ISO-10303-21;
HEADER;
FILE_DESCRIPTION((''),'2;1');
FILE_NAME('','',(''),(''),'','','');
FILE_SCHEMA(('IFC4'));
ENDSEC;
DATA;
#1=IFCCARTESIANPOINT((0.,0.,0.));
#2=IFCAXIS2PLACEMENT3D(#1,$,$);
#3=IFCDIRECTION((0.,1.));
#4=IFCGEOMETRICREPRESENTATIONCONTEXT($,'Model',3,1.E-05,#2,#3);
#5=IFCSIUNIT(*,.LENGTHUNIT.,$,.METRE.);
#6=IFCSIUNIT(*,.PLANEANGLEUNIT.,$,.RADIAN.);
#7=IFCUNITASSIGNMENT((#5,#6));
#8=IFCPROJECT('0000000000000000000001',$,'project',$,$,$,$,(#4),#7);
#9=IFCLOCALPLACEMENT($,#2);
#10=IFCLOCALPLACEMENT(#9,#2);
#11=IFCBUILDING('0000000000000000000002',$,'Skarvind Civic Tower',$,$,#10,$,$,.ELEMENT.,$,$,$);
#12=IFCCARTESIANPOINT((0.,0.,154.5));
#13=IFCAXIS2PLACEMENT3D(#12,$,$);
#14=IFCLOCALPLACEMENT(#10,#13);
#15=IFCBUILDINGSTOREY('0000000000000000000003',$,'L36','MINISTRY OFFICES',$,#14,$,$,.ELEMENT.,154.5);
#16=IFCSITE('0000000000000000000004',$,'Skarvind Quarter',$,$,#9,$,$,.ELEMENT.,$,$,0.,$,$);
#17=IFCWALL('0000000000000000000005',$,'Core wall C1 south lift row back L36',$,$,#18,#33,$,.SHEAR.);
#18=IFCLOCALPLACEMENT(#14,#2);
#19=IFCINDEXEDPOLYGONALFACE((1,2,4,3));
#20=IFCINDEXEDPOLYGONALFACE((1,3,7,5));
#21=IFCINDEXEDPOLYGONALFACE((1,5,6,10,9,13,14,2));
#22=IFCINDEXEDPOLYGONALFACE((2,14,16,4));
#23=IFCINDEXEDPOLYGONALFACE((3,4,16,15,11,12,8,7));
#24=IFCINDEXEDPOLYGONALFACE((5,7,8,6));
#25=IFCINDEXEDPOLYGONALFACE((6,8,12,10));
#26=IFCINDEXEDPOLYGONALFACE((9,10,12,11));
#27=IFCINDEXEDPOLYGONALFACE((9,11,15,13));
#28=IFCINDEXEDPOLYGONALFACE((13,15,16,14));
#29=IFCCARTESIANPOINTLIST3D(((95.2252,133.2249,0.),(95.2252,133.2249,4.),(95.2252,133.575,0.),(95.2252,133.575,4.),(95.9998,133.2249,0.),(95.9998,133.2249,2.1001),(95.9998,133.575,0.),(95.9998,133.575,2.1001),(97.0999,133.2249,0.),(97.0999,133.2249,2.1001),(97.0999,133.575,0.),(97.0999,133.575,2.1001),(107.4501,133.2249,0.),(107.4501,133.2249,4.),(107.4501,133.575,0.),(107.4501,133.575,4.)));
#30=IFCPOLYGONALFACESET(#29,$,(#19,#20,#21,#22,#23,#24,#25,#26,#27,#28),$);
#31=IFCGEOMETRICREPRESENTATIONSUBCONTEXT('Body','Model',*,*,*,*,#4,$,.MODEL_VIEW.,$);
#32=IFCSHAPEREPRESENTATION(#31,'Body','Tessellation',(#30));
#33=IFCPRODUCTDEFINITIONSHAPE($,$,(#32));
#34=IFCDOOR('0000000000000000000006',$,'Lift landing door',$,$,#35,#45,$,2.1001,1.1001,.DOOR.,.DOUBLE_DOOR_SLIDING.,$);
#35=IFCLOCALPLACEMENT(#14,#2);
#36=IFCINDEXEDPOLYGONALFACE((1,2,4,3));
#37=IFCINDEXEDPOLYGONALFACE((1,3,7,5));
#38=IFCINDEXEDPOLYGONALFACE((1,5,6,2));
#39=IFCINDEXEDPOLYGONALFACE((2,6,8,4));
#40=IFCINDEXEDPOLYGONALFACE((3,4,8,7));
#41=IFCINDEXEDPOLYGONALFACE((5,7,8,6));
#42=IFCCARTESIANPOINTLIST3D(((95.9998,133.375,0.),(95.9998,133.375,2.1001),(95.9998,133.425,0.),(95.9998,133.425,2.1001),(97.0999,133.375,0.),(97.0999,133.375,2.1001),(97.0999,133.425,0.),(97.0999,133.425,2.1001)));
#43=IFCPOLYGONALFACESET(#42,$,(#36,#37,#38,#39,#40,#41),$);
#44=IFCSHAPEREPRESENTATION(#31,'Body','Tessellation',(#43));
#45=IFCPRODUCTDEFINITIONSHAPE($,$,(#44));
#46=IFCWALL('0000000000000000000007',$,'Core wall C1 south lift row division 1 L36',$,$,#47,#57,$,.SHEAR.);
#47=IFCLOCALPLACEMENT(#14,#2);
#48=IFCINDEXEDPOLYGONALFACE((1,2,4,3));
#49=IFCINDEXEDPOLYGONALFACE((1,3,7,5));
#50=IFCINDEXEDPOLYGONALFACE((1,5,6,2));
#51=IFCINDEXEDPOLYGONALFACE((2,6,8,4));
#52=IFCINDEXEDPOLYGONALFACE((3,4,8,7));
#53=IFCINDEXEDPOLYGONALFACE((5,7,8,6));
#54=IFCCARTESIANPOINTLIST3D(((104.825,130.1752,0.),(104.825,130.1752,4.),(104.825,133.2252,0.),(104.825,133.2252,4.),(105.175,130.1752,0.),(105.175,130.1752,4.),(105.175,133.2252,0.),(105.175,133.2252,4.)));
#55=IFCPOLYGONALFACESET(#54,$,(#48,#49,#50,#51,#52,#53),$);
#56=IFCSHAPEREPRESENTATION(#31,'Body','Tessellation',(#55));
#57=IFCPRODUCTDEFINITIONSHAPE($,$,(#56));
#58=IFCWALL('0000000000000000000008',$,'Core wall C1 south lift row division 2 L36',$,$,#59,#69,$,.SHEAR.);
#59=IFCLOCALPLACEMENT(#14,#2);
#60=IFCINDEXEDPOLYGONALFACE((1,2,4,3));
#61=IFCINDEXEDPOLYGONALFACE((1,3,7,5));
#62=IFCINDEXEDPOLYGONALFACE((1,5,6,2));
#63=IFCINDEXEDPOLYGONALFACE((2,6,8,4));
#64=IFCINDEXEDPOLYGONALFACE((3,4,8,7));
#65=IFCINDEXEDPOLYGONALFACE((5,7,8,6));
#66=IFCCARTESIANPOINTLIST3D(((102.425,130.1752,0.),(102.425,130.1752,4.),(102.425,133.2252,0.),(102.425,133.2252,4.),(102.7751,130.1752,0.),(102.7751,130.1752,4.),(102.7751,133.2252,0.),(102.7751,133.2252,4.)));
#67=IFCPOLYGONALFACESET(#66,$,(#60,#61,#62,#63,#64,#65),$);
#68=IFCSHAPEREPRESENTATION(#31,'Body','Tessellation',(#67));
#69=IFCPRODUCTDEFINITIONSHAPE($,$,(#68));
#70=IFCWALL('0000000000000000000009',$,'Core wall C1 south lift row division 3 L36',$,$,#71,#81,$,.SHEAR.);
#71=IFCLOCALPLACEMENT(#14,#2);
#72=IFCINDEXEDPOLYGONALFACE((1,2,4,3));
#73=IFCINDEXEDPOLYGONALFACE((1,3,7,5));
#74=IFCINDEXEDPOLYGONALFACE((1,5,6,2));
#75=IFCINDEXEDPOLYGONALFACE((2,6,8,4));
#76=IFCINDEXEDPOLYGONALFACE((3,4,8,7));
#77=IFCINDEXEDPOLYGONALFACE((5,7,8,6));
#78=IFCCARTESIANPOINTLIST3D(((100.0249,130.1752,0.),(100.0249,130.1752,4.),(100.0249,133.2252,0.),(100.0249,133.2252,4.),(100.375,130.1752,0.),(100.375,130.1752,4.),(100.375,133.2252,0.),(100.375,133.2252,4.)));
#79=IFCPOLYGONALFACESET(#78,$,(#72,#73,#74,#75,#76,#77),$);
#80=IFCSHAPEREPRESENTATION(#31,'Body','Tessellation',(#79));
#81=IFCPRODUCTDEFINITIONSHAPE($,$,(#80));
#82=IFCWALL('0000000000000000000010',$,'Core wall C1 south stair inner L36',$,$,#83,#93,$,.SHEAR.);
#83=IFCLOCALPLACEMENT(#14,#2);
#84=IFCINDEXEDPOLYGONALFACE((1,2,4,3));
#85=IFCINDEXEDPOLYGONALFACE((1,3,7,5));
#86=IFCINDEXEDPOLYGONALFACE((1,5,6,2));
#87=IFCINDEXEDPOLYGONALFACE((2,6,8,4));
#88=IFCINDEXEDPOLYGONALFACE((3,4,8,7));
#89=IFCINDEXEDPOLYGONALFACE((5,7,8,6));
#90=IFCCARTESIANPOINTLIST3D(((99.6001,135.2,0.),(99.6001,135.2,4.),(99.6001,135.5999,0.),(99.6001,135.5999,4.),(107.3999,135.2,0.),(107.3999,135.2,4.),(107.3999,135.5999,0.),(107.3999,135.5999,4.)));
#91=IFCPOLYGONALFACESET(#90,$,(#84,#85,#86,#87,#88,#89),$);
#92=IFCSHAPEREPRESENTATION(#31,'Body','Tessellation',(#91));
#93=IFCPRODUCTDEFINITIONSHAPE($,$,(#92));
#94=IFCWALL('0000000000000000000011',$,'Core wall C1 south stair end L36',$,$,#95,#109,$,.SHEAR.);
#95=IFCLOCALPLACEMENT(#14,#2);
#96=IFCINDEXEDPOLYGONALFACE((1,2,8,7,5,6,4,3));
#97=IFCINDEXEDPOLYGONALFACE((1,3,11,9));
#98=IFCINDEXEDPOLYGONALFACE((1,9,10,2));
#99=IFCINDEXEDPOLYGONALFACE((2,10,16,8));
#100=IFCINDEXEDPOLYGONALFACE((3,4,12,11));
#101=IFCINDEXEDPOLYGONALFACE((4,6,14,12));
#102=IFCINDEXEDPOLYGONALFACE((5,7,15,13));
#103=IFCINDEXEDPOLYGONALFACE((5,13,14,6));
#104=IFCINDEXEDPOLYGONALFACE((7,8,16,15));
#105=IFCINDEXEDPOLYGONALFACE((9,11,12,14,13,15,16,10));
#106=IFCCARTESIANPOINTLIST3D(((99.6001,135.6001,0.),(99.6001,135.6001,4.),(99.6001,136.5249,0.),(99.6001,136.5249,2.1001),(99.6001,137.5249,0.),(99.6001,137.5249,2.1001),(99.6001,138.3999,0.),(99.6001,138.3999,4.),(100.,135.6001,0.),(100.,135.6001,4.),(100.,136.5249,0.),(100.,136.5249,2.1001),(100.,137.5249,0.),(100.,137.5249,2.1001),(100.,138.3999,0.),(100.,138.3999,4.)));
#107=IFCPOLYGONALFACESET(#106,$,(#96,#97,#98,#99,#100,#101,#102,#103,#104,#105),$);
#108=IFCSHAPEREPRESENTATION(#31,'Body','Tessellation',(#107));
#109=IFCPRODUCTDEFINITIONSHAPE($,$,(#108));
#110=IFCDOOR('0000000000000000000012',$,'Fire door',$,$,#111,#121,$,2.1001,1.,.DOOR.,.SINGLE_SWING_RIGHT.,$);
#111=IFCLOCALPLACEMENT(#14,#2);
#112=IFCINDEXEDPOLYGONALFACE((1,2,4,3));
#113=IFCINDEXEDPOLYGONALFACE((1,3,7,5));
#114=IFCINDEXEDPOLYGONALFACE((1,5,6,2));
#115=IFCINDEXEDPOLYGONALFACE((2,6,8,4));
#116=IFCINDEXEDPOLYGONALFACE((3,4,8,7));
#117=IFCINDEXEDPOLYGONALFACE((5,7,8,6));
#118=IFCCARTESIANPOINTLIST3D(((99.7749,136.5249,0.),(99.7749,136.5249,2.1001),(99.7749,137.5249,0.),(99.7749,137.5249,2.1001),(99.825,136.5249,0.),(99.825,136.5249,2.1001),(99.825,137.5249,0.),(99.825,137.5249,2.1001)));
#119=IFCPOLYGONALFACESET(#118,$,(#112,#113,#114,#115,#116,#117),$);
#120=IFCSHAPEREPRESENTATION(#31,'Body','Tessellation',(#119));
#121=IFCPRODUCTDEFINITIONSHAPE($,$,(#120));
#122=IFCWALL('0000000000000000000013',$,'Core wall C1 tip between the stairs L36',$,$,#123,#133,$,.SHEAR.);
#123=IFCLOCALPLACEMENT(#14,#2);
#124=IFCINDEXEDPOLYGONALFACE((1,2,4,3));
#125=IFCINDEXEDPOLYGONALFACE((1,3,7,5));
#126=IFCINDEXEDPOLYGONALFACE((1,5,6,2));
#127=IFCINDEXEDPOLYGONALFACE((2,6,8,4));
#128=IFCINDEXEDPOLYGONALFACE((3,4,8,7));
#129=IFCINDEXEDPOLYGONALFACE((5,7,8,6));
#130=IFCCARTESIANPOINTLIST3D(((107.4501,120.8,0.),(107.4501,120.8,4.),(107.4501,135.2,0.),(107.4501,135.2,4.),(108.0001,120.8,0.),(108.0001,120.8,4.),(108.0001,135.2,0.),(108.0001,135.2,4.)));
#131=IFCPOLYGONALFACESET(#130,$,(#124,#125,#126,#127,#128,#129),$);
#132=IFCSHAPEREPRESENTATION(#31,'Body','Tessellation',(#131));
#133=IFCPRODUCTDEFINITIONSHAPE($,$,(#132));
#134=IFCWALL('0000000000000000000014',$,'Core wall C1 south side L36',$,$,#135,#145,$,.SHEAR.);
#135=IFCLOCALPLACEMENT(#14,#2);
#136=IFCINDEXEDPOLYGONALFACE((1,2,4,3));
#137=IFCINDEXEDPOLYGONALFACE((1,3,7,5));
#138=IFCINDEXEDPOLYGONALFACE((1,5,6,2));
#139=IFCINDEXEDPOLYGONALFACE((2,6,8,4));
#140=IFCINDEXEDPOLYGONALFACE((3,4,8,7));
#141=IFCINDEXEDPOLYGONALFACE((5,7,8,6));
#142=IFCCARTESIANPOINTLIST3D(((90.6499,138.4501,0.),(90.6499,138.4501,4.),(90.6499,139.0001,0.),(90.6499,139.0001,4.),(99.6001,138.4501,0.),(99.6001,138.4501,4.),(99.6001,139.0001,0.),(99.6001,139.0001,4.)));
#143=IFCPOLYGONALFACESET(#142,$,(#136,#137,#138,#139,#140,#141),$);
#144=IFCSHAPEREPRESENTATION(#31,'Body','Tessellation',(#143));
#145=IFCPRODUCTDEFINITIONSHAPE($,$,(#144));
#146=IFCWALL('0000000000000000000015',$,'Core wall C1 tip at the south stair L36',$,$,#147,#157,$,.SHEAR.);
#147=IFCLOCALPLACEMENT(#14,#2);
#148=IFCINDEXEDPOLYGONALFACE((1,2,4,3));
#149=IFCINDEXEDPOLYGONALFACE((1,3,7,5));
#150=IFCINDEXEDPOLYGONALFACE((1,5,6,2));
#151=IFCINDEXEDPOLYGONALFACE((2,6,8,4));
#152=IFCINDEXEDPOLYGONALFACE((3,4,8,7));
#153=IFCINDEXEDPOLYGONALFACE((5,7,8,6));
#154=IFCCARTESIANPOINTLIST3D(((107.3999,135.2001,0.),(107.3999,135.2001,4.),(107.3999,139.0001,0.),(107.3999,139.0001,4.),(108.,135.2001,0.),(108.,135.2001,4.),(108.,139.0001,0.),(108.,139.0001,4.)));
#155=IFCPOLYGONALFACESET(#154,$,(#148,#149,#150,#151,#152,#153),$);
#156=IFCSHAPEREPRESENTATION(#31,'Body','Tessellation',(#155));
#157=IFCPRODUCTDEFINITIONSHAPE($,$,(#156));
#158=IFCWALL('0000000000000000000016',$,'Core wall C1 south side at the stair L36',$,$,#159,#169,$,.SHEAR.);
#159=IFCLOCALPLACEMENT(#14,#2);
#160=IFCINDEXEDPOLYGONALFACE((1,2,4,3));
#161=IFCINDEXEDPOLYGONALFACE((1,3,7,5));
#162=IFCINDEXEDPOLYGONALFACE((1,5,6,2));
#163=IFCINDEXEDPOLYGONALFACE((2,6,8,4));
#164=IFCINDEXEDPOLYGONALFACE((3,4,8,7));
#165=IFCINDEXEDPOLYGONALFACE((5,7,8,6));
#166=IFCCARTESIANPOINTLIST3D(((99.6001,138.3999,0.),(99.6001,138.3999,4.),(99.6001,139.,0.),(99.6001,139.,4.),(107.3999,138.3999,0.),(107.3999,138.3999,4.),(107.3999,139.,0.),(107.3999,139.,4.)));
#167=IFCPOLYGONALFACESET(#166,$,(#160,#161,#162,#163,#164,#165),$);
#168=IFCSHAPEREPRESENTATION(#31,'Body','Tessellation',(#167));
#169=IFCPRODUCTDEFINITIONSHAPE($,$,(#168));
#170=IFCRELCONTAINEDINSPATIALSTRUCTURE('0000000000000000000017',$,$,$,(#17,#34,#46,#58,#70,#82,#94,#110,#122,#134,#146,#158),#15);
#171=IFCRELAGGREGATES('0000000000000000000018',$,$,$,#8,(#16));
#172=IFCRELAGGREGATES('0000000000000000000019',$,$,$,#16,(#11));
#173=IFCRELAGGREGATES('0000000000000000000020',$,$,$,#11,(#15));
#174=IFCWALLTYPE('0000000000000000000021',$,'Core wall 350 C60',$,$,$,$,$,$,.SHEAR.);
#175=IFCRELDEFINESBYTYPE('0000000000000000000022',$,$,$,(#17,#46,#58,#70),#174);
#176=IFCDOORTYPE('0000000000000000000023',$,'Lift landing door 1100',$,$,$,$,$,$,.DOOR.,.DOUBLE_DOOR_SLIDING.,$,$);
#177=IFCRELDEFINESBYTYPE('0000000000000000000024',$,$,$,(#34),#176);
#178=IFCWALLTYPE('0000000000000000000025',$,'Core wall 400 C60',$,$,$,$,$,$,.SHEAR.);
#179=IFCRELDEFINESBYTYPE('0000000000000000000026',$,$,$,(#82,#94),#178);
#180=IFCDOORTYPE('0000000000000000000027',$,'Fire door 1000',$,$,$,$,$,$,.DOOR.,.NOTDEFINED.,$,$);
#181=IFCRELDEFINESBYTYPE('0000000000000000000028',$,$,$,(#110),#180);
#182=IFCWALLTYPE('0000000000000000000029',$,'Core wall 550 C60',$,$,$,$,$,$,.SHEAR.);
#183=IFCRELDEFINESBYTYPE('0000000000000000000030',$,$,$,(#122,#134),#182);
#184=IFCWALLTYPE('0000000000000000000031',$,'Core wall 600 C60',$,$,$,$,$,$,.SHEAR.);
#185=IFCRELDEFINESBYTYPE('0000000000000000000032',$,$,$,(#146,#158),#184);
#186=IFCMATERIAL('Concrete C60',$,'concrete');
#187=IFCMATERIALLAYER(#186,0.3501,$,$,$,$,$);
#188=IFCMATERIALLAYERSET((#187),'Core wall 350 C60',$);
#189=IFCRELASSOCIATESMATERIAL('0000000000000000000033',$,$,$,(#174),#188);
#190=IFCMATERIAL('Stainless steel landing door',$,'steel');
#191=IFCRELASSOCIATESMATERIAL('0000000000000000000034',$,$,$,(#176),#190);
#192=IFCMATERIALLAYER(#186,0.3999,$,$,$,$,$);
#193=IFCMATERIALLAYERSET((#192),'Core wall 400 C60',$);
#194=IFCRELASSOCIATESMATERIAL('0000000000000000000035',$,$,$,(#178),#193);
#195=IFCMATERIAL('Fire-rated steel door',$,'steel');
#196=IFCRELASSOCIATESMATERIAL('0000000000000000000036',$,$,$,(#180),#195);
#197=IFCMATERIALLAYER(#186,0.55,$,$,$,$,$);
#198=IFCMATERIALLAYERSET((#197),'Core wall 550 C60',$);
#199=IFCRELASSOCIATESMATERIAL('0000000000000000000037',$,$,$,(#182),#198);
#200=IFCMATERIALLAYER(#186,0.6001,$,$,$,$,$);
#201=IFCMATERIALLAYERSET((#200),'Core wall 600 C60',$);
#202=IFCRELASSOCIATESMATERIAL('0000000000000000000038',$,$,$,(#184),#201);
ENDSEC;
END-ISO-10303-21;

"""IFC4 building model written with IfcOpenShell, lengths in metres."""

from ifc_helpers import new_model, si_unit, direction, frame, frame_2d, origin, place, context, subcontext, project, spatial, rectangle, extrude, material, layer, layer_set, type_object, element, fill, save


model = new_model("IFC4")

# Units and contexts
model_context = context("Model", 3, precision=1e-05, world=origin(), true_north=direction((0.0, 1.0)))
body_context = subcontext(model_context, "Body", "Model", "MODEL_VIEW")
ifc_project = project(units=[si_unit("LENGTHUNIT", "METRE"), si_unit("PLANEANGLEUNIT", "RADIAN")], contexts=[model_context])

# Site, building, storey
site_placement = place(None, origin())
site = spatial("IfcSite", under=ifc_project, at=site_placement, Name="Skarvind Quarter", CompositionType="ELEMENT", RefElevation=0.0)
building_placement = place(site_placement, origin())
building = spatial("IfcBuilding", under=site, at=building_placement, Name="Skarvind Civic Tower", CompositionType="ELEMENT")
storey_placement = place(building_placement, frame((0.0, 0.0, 154.5)))
storey = spatial("IfcBuildingStorey", under=building, at=storey_placement, Name="L36", Description="MINISTRY OFFICES", CompositionType="ELEMENT", Elevation=154.5)

# Wall, opening, door
ifc_material_1 = material(Name="Concrete C60", Category="concrete")
ifc_layer_1 = layer(ifc_material_1, 0.3501)
ifc_layer_set_1 = layer_set([ifc_layer_1], Name="Core wall 350 C60")
wall_type_1 = type_object("IfcWallType", Name="Core wall 350 C60", PredefinedType="SHEAR", material=ifc_layer_set_1)
wall_1_placement = place(storey_placement, frame((107.45, 133.3999, 0.0), z_axis=(0.0, 0.0, 1.0), x_axis=(-1.0, 0.0, 0.0)))
wall_1 = element("IfcWall", 1, at=wall_1_placement, inside=storey, type_object=wall_type_1, Name="Core wall C1 south lift row back L36", PredefinedType="SHEAR", context=body_context, shape_type="SweptSolid", body=[
    extrude(rectangle(XDim=12.2249, YDim=0.3501, at=frame_2d((6.1123, 0.0))), origin(), (0.0, 0.0, 1.0), 4.0),
])
opening_1_placement = place(wall_1_placement, frame((10.3501, 0.0, 0.0)))
opening_1 = element("IfcOpeningElement", 2, at=opening_1_placement, cuts=wall_1, PredefinedType="OPENING", context=body_context, shape_type="SweptSolid", body=[
    extrude(rectangle(XDim=1.1001, YDim=2.1001, at=frame_2d((0.55, 1.05))), frame((0.0, 0.1851, 0.0), z_axis=(0.0, -1.0, 0.0), x_axis=(1.0, 0.0, 0.0)), (0.0, 0.0, 1.0), 0.3701),
])
ifc_material_2 = material(Name="Stainless steel landing door", Category="steel")
door_type_1 = type_object("IfcDoorType", Name="Lift landing door 1100", OperationType="DOUBLE_DOOR_SLIDING", PredefinedType="DOOR", material=ifc_material_2)
door_1_placement = place(opening_1_placement, origin())
door_1 = element("IfcDoor", 3, at=door_1_placement, inside=storey, type_object=door_type_1, Name="Lift landing door", OperationType="DOUBLE_DOOR_SLIDING", OverallHeight=2.1001, OverallWidth=1.1001, PredefinedType="DOOR", context=body_context, shape_type="SweptSolid", body=[
    extrude(rectangle(XDim=1.1001, YDim=2.1001, at=frame_2d((0.55, 1.05))), frame((0.0, 0.0249, 0.0), z_axis=(0.0, -1.0, 0.0), x_axis=(1.0, 0.0, 0.0)), (0.0, 0.0, 1.0), 0.05),
])
fill(opening_1, door_1)

# Walls
for number, where, z_axis, x_axis, name in (
    (4, (105.0, 133.2251, 0.0), (0.0, 0.0, 1.0), (0.0, -1.0, 0.0), "Core wall C1 south lift row division 1 L36"),
    (5, (102.6001, 133.2251, 0.0), (0.0, 0.0, 1.0), (0.0, -1.0, 0.0), "Core wall C1 south lift row division 2 L36"),
    (6, (100.2, 133.2251, 0.0), (0.0, 0.0, 1.0), (0.0, -1.0, 0.0), "Core wall C1 south lift row division 3 L36"),
):
    element("IfcWall", number, at=place(storey_placement, frame(where, z_axis=z_axis, x_axis=x_axis)), inside=storey, type_object=wall_type_1, Name=name, PredefinedType="SHEAR", context=body_context, shape_type="SweptSolid", body=[
        extrude(rectangle(XDim=3.05, YDim=0.3501, at=frame_2d((1.5249, 0.0))), origin(), (0.0, 0.0, 1.0), 4.0),
    ])
ifc_layer_2 = layer(ifc_material_1, 0.3999)
ifc_layer_set_2 = layer_set([ifc_layer_2], Name="Core wall 400 C60")
wall_type_2 = type_object("IfcWallType", Name="Core wall 400 C60", PredefinedType="SHEAR", material=ifc_layer_set_2)
wall_2_placement = place(storey_placement, frame((107.3999, 135.3999, 0.0), z_axis=(0.0, 0.0, 1.0), x_axis=(-1.0, 0.0, 0.0)))
element("IfcWall", 7, at=wall_2_placement, inside=storey, type_object=wall_type_2, Name="Core wall C1 south stair inner L36", PredefinedType="SHEAR", context=body_context, shape_type="SweptSolid", body=[
    extrude(rectangle(XDim=7.7998, YDim=0.3999, at=frame_2d((3.8999, 0.0))), origin(), (0.0, 0.0, 1.0), 4.0),
])

# Wall, opening, door
wall_3_placement = place(storey_placement, frame((99.8, 138.3999, 0.0), z_axis=(0.0, 0.0, 1.0), x_axis=(0.0, -1.0, 0.0)))
wall_3 = element("IfcWall", 8, at=wall_3_placement, inside=storey, type_object=wall_type_2, Name="Core wall C1 south stair end L36", PredefinedType="SHEAR", context=body_context, shape_type="SweptSolid", body=[
    extrude(rectangle(XDim=2.7998, YDim=0.3999, at=frame_2d((1.3999, 0.0))), origin(), (0.0, 0.0, 1.0), 4.0),
])
opening_2_placement = place(wall_3_placement, frame((0.875, 0.0, 0.0)))
opening_2 = element("IfcOpeningElement", 9, at=opening_2_placement, cuts=wall_3, PredefinedType="OPENING", context=body_context, shape_type="SweptSolid", body=[
    extrude(rectangle(XDim=1.0, YDim=2.1001, at=frame_2d((0.5, 1.05))), frame((0.0, 0.21, 0.0), z_axis=(0.0, -1.0, 0.0), x_axis=(1.0, 0.0, 0.0)), (0.0, 0.0, 1.0), 0.4199),
])
ifc_material_3 = material(Name="Fire-rated steel door", Category="steel")
door_type_2 = type_object("IfcDoorType", Name="Fire door 1000", OperationType="NOTDEFINED", PredefinedType="DOOR", material=ifc_material_3)
door_2_placement = place(opening_2_placement, origin())
door_2 = element("IfcDoor", 10, at=door_2_placement, inside=storey, type_object=door_type_2, Name="Fire door", OperationType="SINGLE_SWING_RIGHT", OverallHeight=2.1001, OverallWidth=1.0, PredefinedType="DOOR", context=body_context, shape_type="SweptSolid", body=[
    extrude(rectangle(XDim=1.0, YDim=2.1001, at=frame_2d((0.5, 1.05))), frame((0.0, 0.0249, 0.0), z_axis=(0.0, -1.0, 0.0), x_axis=(1.0, 0.0, 0.0)), (0.0, 0.0, 1.0), 0.05),
])
fill(opening_2, door_2)

# Walls
ifc_layer_3 = layer(ifc_material_1, 0.55)
ifc_layer_set_3 = layer_set([ifc_layer_3], Name="Core wall 550 C60")
wall_type_3 = type_object("IfcWallType", Name="Core wall 550 C60", PredefinedType="SHEAR", material=ifc_layer_set_3)
wall_4_placement = place(storey_placement, frame((107.7251, 135.2, 0.0), z_axis=(0.0, 0.0, 1.0), x_axis=(0.0, -1.0, 0.0)))
element("IfcWall", 11, at=wall_4_placement, inside=storey, type_object=wall_type_3, Name="Core wall C1 tip between the stairs L36", PredefinedType="SHEAR", context=body_context, shape_type="SweptSolid", body=[
    extrude(rectangle(XDim=14.3999, YDim=0.55, at=frame_2d((7.2, 0.0))), origin(), (0.0, 0.0, 1.0), 4.0),
])
wall_5_placement = place(storey_placement, frame((99.6001, 138.7251, 0.0), z_axis=(0.0, 0.0, 1.0), x_axis=(-1.0, 0.0, 0.0)))
element("IfcWall", 12, at=wall_5_placement, inside=storey, type_object=wall_type_3, Name="Core wall C1 south side L36", PredefinedType="SHEAR", context=body_context, shape_type="SweptSolid", body=[
    extrude(rectangle(XDim=8.9502, YDim=0.55, at=frame_2d((4.4751, 0.0))), origin(), (0.0, 0.0, 1.0), 4.0),
])
ifc_layer_4 = layer(ifc_material_1, 0.6001)
ifc_layer_set_4 = layer_set([ifc_layer_4], Name="Core wall 600 C60")
wall_type_4 = type_object("IfcWallType", Name="Core wall 600 C60", PredefinedType="SHEAR", material=ifc_layer_set_4)
wall_6_placement = place(storey_placement, frame((107.7, 139.0, 0.0), z_axis=(0.0, 0.0, 1.0), x_axis=(0.0, -1.0, 0.0)))
element("IfcWall", 13, at=wall_6_placement, inside=storey, type_object=wall_type_4, Name="Core wall C1 tip at the south stair L36", PredefinedType="SHEAR", context=body_context, shape_type="SweptSolid", body=[
    extrude(rectangle(XDim=3.8, YDim=0.6001, at=frame_2d((1.8999, 0.0))), origin(), (0.0, 0.0, 1.0), 4.0),
])
wall_7_placement = place(storey_placement, frame((107.3999, 138.7, 0.0), z_axis=(0.0, 0.0, 1.0), x_axis=(-1.0, 0.0, 0.0)))
element("IfcWall", 14, at=wall_7_placement, inside=storey, type_object=wall_type_4, Name="Core wall C1 south side at the stair L36", PredefinedType="SHEAR", context=body_context, shape_type="SweptSolid", body=[
    extrude(rectangle(XDim=7.7998, YDim=0.6001, at=frame_2d((3.8999, 0.0))), origin(), (0.0, 0.0, 1.0), 4.0),
])

save(model, "model.ifc")
